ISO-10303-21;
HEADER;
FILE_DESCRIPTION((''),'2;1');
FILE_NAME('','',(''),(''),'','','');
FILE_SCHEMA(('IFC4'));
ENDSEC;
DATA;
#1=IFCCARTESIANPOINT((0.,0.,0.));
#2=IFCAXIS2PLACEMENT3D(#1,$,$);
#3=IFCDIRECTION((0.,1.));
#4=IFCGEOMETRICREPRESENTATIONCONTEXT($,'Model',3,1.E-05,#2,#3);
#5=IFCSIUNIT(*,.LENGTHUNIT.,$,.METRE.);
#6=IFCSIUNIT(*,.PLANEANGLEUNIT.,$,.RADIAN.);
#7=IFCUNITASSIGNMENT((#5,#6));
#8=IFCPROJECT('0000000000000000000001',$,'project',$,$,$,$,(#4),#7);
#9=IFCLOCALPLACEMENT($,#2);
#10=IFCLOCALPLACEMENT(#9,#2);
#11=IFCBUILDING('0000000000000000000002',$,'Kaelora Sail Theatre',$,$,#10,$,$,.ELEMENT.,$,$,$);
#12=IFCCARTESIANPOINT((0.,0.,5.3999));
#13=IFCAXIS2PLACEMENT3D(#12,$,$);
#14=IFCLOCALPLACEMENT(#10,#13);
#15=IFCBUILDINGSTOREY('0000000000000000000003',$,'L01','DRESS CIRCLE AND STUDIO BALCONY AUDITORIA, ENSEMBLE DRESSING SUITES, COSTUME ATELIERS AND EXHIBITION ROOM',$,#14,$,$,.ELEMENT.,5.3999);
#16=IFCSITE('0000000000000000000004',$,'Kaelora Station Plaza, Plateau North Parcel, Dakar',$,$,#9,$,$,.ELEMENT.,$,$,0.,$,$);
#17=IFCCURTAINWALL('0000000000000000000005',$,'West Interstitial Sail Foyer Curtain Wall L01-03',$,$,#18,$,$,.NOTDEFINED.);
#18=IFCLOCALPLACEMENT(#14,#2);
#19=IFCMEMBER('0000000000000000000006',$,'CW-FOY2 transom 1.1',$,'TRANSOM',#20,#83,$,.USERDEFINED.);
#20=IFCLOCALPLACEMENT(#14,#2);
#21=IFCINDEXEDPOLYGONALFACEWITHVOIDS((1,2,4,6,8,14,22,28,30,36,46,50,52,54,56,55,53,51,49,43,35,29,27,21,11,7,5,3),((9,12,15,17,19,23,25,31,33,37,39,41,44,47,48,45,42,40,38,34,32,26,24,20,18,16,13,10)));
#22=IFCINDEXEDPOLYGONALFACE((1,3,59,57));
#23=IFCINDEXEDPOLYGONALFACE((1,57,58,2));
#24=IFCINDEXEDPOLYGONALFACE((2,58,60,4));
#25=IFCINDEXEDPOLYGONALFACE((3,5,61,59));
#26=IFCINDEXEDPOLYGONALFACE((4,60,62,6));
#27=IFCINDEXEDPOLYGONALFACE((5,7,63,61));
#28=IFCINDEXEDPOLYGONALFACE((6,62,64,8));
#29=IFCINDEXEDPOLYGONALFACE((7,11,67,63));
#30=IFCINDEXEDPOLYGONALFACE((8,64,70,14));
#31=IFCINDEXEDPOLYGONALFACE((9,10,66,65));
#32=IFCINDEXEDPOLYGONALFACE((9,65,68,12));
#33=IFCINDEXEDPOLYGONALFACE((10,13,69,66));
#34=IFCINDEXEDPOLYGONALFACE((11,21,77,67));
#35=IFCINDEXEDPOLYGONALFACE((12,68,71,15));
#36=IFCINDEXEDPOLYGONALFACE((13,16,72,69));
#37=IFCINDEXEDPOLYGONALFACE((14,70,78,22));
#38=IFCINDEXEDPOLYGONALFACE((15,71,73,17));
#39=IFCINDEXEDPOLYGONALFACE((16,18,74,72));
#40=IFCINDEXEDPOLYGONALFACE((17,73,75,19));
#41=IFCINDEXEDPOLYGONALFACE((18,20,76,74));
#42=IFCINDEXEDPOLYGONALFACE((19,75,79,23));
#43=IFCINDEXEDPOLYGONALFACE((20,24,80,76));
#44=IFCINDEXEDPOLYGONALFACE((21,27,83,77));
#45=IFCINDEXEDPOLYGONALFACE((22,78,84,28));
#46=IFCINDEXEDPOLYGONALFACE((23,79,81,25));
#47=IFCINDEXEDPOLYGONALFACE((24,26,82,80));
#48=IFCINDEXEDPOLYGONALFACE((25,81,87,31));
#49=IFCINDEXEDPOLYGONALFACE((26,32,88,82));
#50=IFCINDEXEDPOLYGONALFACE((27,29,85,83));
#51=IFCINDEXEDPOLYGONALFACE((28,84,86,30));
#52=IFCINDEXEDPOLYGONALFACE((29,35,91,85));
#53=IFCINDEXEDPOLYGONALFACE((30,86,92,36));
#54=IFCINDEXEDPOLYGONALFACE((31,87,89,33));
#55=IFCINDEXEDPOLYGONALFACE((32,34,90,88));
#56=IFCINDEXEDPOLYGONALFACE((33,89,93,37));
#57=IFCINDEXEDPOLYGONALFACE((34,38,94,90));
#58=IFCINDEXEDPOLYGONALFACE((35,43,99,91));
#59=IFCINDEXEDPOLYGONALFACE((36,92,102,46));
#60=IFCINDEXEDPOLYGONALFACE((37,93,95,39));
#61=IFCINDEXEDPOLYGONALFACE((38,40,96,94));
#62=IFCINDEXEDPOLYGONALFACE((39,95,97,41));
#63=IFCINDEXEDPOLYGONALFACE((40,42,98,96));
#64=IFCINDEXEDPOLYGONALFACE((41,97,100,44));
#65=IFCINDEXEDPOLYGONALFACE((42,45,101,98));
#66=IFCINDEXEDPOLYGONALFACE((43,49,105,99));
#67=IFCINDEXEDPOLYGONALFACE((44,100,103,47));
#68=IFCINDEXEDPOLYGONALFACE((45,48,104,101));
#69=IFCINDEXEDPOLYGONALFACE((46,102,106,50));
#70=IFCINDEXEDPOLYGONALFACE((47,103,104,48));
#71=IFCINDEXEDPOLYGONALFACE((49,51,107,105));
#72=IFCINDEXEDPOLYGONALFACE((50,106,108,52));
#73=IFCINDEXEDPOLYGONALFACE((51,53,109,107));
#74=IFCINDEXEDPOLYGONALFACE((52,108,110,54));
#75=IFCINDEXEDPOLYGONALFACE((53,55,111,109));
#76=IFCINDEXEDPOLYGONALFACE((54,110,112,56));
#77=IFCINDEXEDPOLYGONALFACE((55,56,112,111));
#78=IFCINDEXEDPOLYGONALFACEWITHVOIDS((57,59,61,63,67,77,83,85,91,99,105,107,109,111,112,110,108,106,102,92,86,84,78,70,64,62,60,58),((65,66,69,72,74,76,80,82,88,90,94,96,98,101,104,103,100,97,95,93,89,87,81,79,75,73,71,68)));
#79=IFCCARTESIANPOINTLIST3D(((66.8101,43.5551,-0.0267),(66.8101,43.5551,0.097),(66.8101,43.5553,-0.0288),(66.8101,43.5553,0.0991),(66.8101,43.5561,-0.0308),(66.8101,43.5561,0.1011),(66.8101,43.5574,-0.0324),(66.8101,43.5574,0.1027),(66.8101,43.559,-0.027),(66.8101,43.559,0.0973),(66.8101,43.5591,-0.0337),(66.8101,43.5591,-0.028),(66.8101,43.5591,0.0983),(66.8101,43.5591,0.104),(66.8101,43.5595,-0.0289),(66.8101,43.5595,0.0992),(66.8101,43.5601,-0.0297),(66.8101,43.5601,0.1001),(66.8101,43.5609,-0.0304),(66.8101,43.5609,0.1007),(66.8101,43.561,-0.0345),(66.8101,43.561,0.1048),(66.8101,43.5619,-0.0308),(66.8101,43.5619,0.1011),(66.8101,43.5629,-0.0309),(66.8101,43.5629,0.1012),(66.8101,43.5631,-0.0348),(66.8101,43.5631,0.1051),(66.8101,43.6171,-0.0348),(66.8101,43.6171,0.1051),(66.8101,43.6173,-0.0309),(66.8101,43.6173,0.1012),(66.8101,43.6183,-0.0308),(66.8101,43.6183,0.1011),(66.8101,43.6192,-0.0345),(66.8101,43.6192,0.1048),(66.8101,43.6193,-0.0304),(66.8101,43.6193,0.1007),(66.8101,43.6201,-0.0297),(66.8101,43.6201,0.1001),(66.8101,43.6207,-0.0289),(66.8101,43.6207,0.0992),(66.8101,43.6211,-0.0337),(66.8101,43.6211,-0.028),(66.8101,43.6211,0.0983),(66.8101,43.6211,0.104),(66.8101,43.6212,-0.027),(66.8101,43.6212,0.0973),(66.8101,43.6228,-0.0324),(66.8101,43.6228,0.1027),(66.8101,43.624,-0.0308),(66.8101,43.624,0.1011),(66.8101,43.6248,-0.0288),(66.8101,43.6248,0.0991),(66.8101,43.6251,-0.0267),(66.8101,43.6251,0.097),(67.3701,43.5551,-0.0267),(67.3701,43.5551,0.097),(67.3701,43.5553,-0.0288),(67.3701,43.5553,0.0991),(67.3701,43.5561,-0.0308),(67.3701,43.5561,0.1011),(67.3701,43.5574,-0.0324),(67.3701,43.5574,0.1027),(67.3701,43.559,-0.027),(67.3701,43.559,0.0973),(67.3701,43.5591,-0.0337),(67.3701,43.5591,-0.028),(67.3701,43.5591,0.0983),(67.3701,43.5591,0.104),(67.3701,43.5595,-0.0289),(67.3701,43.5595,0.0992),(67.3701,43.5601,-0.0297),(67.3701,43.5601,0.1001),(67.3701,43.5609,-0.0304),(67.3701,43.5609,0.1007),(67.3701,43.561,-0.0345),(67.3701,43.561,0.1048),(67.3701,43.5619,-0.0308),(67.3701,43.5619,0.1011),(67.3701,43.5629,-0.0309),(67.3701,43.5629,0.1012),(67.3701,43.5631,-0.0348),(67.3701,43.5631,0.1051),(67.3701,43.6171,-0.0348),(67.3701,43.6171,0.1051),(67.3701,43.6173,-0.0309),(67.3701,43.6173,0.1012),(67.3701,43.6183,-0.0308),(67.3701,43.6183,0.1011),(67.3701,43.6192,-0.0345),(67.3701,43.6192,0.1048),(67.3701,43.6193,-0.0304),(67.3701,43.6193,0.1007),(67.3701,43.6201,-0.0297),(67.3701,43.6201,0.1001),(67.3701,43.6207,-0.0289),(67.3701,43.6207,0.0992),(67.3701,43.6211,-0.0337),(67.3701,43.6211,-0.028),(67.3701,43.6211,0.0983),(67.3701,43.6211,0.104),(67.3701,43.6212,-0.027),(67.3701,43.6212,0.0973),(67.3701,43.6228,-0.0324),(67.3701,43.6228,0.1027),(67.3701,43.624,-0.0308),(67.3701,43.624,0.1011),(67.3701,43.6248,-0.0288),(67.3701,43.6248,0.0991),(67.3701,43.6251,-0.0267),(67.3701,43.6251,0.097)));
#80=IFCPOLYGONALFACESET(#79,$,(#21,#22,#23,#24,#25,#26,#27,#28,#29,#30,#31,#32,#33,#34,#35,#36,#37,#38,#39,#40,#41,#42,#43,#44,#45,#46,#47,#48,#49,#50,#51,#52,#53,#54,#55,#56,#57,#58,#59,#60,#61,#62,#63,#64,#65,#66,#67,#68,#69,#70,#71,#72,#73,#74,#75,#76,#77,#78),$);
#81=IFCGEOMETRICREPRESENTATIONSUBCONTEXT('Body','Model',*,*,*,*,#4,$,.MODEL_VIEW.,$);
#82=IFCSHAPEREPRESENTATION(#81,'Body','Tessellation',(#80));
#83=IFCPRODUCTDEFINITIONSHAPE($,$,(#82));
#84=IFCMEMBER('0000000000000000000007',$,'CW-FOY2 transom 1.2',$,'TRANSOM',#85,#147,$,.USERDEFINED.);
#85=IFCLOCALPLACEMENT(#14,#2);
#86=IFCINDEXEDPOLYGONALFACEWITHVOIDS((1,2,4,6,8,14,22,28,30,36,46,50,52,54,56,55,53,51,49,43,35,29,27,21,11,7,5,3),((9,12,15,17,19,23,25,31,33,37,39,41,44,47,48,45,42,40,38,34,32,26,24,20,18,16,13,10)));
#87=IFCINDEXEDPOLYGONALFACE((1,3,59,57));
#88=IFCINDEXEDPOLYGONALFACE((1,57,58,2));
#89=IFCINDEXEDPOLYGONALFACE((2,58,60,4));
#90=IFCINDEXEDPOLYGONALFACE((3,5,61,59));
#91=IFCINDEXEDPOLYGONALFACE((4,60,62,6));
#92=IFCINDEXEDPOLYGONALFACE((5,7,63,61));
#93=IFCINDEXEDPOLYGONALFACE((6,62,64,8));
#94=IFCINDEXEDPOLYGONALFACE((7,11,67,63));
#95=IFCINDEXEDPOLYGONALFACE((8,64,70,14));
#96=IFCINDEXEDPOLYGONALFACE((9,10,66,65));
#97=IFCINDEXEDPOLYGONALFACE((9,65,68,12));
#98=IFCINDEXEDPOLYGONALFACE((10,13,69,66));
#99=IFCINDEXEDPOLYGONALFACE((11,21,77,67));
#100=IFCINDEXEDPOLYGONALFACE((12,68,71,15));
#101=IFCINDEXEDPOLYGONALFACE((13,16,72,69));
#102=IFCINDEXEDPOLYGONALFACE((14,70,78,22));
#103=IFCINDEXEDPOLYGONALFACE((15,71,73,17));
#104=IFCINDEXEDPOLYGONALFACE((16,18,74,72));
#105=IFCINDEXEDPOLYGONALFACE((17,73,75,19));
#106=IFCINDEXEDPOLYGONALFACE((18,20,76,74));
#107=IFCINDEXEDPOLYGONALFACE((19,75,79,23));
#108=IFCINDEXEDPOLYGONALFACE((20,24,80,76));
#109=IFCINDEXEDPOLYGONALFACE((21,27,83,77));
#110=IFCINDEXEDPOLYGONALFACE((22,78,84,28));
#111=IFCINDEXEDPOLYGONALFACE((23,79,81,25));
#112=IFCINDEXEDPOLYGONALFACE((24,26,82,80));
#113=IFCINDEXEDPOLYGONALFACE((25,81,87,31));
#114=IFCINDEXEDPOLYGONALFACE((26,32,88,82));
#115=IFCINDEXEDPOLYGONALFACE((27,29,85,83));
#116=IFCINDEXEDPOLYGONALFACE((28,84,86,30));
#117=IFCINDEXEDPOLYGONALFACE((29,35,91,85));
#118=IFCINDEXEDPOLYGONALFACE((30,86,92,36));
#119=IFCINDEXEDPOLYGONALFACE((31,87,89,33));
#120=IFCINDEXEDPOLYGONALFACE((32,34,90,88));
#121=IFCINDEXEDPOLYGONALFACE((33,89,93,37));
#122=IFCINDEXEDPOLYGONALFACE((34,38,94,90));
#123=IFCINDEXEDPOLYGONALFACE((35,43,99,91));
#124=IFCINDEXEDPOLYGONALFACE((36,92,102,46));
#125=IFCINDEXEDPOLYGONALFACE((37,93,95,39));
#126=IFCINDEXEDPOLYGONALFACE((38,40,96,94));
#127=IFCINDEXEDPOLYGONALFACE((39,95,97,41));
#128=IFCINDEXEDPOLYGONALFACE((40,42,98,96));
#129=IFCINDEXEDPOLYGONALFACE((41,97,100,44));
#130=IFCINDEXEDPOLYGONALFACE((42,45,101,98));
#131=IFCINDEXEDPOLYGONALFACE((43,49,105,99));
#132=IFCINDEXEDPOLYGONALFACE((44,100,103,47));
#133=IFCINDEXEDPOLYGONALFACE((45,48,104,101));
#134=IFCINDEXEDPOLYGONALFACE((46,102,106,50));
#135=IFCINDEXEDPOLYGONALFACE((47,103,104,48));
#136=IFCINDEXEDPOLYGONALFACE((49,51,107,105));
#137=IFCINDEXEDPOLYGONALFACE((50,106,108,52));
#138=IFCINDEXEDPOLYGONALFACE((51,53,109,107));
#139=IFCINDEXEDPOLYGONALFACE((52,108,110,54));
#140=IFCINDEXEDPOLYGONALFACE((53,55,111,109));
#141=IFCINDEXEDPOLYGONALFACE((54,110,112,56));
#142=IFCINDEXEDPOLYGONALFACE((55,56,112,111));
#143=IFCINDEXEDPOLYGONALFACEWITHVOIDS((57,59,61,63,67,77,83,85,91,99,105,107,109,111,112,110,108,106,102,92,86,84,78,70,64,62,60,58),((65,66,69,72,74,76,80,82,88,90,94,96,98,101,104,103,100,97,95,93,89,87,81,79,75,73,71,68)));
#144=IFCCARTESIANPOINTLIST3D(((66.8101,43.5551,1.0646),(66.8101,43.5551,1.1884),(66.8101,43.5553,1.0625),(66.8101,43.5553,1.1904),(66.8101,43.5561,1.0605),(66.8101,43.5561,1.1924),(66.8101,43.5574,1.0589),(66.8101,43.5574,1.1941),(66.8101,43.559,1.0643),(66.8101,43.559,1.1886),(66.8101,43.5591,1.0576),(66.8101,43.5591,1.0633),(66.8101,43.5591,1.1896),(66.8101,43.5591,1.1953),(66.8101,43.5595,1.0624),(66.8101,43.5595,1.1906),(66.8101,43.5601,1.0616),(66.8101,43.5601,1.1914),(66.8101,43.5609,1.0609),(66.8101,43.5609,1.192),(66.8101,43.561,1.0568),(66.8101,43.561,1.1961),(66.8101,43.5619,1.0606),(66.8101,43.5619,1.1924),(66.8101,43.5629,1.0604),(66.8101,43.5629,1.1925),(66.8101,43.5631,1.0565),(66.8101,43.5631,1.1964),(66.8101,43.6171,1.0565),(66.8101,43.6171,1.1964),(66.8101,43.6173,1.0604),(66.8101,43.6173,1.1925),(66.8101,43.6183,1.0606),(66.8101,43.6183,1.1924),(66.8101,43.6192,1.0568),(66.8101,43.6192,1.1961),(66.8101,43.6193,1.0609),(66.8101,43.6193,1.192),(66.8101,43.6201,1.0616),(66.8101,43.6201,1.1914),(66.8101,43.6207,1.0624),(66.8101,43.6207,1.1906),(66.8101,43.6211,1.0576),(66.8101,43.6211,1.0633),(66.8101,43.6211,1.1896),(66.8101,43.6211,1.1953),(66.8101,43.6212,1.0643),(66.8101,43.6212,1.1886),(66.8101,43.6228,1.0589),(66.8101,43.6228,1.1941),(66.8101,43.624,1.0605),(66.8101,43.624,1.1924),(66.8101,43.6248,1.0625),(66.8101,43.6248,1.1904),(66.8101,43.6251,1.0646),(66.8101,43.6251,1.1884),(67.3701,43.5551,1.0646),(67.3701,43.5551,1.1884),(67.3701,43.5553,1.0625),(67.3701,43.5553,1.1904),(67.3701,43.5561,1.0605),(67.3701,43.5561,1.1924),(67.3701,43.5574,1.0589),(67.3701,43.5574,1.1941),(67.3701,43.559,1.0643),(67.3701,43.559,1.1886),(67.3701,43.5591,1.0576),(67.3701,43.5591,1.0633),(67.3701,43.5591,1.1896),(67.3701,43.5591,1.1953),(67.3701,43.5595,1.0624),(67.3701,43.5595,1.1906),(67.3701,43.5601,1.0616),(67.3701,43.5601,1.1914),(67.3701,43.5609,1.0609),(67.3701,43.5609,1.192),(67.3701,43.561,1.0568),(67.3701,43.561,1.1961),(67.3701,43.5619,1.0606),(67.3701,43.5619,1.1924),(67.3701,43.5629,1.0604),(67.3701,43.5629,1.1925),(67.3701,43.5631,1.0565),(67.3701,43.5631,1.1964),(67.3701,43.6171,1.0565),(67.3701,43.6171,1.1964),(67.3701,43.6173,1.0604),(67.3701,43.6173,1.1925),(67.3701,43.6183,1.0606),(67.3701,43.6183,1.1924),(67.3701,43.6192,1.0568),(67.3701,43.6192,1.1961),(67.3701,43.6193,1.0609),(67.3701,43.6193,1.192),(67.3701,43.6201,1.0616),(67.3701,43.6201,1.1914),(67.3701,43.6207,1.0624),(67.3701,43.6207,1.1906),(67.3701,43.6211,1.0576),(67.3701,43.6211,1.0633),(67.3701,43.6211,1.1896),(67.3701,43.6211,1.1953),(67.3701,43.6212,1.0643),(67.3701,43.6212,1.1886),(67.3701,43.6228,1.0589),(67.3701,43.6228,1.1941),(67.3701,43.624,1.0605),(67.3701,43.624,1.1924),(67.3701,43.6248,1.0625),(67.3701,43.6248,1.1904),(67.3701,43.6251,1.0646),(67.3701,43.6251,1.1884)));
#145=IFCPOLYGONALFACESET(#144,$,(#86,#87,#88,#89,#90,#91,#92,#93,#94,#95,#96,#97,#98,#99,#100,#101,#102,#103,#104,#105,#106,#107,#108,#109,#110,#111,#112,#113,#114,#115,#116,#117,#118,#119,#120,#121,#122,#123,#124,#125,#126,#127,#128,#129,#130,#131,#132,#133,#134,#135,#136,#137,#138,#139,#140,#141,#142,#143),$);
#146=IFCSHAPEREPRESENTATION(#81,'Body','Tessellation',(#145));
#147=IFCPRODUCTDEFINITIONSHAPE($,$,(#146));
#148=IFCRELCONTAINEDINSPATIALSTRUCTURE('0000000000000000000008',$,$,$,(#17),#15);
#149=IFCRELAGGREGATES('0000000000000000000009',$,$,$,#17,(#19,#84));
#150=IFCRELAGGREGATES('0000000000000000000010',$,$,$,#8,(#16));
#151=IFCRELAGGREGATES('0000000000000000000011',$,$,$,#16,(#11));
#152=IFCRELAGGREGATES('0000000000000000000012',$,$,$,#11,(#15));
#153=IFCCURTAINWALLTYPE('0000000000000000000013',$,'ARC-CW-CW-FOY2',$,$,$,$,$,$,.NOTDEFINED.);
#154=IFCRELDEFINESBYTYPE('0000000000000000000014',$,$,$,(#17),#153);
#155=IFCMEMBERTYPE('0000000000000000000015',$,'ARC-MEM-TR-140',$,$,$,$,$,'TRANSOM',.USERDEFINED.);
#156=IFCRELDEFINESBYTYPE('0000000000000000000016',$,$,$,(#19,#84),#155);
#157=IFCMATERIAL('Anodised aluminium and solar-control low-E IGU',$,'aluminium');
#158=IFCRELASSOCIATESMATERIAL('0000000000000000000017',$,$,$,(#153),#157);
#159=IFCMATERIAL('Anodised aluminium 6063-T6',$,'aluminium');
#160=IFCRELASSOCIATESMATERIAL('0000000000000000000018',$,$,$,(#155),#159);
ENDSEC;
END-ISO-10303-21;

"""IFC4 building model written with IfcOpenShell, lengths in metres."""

from ifc_helpers import new_model, si_unit, direction, frame, origin, origin_2d, place, context, subcontext, project, spatial, hollow_rectangle, extrude, material, material_profile, profile_set, type_object, element, aggregate, save


model = new_model("IFC4")

# Units and contexts
model_context = context("Model", 3, precision=1e-05, world=origin(), true_north=direction((0.0, 1.0)))
body_context = subcontext(model_context, "Body", "Model", "MODEL_VIEW")
ifc_project = project(units=[si_unit("LENGTHUNIT", "METRE"), si_unit("PLANEANGLEUNIT", "RADIAN")], contexts=[model_context])

# Site, building, storey
site_placement = place(None, origin())
site = spatial("IfcSite", under=ifc_project, at=site_placement, Name="Kaelora Station Plaza, Plateau North Parcel, Dakar", CompositionType="ELEMENT", RefElevation=0.0)
building_placement = place(site_placement, origin())
building = spatial("IfcBuilding", under=site, at=building_placement, Name="Kaelora Sail Theatre", CompositionType="ELEMENT")
storey_placement = place(building_placement, frame((0.0, 0.0, 5.3999)))
storey = spatial("IfcBuildingStorey", under=building, at=storey_placement, Name="L01", Description="DRESS CIRCLE AND STUDIO BALCONY AUDITORIA, ENSEMBLE DRESSING SUITES, COSTUME ATELIERS AND EXHIBITION ROOM", CompositionType="ELEMENT", Elevation=5.3999)

# Curtain wall
ifc_material_1 = material(Name="Anodised aluminium and solar-control low-E IGU", Category="aluminium")
curtain_wall_type = type_object("IfcCurtainWallType", Name="ARC-CW-CW-FOY2", PredefinedType="NOTDEFINED", material=ifc_material_1)
curtain_wall_1_placement = place(storey_placement, origin())
curtain_wall_1 = element("IfcCurtainWall", 1, at=curtain_wall_1_placement, inside=storey, type_object=curtain_wall_type, Name="West Interstitial Sail Foyer Curtain Wall L01-03", PredefinedType="NOTDEFINED")

# Members
ifc_material_2 = material(Name="Anodised aluminium 6063-T6", Category="aluminium")
ifc_material_profile_1 = material_profile(ifc_material_2, hollow_rectangle(XDim=0.0701, YDim=0.1399, WallThickness=0.0039, InnerFilletRadius=0.0039, OuterFilletRadius=0.0081, at=origin_2d()), Name="ALU-TRAN 70x140x4")
ifc_profile_set_1 = profile_set([ifc_material_profile_1], Name="Anodised aluminium 6063-T6")
member_type_1 = type_object("IfcMemberType", Name="ARC-MEM-TR-140", ElementType="TRANSOM", PredefinedType="USERDEFINED", material=ifc_profile_set_1)
member_1_placement = place(storey_placement, frame((66.8101, 43.5901, 0.0352), z_axis=(1.0, 0.0, 0.0), x_axis=(0.0, 1.0, 0.0)))
member_1 = element("IfcMember", 2, at=member_1_placement, type_object=member_type_1, Name="CW-FOY2 transom 1.1", ObjectType="TRANSOM", PredefinedType="USERDEFINED", context=body_context, shape_type="SweptSolid", body=[
    extrude(hollow_rectangle(XDim=0.0701, YDim=0.1399, WallThickness=0.0039, InnerFilletRadius=0.0039, OuterFilletRadius=0.0081, at=origin_2d()), origin(), (0.0, 0.0, 1.0), 0.5601),
])
member_2_placement = place(storey_placement, frame((66.8101, 43.5901, 1.1265), z_axis=(1.0, 0.0, 0.0), x_axis=(0.0, 1.0, 0.0)))
member_2 = element("IfcMember", 3, at=member_2_placement, type_object=member_type_1, Name="CW-FOY2 transom 1.2", ObjectType="TRANSOM", PredefinedType="USERDEFINED", context=body_context, shape_type="SweptSolid", body=[
    extrude(hollow_rectangle(XDim=0.0701, YDim=0.1399, WallThickness=0.0039, InnerFilletRadius=0.0039, OuterFilletRadius=0.0081, at=origin_2d()), origin(), (0.0, 0.0, 1.0), 0.5601),
])

aggregate(curtain_wall_1, [member_1, member_2])

save(model, "model.ifc")
